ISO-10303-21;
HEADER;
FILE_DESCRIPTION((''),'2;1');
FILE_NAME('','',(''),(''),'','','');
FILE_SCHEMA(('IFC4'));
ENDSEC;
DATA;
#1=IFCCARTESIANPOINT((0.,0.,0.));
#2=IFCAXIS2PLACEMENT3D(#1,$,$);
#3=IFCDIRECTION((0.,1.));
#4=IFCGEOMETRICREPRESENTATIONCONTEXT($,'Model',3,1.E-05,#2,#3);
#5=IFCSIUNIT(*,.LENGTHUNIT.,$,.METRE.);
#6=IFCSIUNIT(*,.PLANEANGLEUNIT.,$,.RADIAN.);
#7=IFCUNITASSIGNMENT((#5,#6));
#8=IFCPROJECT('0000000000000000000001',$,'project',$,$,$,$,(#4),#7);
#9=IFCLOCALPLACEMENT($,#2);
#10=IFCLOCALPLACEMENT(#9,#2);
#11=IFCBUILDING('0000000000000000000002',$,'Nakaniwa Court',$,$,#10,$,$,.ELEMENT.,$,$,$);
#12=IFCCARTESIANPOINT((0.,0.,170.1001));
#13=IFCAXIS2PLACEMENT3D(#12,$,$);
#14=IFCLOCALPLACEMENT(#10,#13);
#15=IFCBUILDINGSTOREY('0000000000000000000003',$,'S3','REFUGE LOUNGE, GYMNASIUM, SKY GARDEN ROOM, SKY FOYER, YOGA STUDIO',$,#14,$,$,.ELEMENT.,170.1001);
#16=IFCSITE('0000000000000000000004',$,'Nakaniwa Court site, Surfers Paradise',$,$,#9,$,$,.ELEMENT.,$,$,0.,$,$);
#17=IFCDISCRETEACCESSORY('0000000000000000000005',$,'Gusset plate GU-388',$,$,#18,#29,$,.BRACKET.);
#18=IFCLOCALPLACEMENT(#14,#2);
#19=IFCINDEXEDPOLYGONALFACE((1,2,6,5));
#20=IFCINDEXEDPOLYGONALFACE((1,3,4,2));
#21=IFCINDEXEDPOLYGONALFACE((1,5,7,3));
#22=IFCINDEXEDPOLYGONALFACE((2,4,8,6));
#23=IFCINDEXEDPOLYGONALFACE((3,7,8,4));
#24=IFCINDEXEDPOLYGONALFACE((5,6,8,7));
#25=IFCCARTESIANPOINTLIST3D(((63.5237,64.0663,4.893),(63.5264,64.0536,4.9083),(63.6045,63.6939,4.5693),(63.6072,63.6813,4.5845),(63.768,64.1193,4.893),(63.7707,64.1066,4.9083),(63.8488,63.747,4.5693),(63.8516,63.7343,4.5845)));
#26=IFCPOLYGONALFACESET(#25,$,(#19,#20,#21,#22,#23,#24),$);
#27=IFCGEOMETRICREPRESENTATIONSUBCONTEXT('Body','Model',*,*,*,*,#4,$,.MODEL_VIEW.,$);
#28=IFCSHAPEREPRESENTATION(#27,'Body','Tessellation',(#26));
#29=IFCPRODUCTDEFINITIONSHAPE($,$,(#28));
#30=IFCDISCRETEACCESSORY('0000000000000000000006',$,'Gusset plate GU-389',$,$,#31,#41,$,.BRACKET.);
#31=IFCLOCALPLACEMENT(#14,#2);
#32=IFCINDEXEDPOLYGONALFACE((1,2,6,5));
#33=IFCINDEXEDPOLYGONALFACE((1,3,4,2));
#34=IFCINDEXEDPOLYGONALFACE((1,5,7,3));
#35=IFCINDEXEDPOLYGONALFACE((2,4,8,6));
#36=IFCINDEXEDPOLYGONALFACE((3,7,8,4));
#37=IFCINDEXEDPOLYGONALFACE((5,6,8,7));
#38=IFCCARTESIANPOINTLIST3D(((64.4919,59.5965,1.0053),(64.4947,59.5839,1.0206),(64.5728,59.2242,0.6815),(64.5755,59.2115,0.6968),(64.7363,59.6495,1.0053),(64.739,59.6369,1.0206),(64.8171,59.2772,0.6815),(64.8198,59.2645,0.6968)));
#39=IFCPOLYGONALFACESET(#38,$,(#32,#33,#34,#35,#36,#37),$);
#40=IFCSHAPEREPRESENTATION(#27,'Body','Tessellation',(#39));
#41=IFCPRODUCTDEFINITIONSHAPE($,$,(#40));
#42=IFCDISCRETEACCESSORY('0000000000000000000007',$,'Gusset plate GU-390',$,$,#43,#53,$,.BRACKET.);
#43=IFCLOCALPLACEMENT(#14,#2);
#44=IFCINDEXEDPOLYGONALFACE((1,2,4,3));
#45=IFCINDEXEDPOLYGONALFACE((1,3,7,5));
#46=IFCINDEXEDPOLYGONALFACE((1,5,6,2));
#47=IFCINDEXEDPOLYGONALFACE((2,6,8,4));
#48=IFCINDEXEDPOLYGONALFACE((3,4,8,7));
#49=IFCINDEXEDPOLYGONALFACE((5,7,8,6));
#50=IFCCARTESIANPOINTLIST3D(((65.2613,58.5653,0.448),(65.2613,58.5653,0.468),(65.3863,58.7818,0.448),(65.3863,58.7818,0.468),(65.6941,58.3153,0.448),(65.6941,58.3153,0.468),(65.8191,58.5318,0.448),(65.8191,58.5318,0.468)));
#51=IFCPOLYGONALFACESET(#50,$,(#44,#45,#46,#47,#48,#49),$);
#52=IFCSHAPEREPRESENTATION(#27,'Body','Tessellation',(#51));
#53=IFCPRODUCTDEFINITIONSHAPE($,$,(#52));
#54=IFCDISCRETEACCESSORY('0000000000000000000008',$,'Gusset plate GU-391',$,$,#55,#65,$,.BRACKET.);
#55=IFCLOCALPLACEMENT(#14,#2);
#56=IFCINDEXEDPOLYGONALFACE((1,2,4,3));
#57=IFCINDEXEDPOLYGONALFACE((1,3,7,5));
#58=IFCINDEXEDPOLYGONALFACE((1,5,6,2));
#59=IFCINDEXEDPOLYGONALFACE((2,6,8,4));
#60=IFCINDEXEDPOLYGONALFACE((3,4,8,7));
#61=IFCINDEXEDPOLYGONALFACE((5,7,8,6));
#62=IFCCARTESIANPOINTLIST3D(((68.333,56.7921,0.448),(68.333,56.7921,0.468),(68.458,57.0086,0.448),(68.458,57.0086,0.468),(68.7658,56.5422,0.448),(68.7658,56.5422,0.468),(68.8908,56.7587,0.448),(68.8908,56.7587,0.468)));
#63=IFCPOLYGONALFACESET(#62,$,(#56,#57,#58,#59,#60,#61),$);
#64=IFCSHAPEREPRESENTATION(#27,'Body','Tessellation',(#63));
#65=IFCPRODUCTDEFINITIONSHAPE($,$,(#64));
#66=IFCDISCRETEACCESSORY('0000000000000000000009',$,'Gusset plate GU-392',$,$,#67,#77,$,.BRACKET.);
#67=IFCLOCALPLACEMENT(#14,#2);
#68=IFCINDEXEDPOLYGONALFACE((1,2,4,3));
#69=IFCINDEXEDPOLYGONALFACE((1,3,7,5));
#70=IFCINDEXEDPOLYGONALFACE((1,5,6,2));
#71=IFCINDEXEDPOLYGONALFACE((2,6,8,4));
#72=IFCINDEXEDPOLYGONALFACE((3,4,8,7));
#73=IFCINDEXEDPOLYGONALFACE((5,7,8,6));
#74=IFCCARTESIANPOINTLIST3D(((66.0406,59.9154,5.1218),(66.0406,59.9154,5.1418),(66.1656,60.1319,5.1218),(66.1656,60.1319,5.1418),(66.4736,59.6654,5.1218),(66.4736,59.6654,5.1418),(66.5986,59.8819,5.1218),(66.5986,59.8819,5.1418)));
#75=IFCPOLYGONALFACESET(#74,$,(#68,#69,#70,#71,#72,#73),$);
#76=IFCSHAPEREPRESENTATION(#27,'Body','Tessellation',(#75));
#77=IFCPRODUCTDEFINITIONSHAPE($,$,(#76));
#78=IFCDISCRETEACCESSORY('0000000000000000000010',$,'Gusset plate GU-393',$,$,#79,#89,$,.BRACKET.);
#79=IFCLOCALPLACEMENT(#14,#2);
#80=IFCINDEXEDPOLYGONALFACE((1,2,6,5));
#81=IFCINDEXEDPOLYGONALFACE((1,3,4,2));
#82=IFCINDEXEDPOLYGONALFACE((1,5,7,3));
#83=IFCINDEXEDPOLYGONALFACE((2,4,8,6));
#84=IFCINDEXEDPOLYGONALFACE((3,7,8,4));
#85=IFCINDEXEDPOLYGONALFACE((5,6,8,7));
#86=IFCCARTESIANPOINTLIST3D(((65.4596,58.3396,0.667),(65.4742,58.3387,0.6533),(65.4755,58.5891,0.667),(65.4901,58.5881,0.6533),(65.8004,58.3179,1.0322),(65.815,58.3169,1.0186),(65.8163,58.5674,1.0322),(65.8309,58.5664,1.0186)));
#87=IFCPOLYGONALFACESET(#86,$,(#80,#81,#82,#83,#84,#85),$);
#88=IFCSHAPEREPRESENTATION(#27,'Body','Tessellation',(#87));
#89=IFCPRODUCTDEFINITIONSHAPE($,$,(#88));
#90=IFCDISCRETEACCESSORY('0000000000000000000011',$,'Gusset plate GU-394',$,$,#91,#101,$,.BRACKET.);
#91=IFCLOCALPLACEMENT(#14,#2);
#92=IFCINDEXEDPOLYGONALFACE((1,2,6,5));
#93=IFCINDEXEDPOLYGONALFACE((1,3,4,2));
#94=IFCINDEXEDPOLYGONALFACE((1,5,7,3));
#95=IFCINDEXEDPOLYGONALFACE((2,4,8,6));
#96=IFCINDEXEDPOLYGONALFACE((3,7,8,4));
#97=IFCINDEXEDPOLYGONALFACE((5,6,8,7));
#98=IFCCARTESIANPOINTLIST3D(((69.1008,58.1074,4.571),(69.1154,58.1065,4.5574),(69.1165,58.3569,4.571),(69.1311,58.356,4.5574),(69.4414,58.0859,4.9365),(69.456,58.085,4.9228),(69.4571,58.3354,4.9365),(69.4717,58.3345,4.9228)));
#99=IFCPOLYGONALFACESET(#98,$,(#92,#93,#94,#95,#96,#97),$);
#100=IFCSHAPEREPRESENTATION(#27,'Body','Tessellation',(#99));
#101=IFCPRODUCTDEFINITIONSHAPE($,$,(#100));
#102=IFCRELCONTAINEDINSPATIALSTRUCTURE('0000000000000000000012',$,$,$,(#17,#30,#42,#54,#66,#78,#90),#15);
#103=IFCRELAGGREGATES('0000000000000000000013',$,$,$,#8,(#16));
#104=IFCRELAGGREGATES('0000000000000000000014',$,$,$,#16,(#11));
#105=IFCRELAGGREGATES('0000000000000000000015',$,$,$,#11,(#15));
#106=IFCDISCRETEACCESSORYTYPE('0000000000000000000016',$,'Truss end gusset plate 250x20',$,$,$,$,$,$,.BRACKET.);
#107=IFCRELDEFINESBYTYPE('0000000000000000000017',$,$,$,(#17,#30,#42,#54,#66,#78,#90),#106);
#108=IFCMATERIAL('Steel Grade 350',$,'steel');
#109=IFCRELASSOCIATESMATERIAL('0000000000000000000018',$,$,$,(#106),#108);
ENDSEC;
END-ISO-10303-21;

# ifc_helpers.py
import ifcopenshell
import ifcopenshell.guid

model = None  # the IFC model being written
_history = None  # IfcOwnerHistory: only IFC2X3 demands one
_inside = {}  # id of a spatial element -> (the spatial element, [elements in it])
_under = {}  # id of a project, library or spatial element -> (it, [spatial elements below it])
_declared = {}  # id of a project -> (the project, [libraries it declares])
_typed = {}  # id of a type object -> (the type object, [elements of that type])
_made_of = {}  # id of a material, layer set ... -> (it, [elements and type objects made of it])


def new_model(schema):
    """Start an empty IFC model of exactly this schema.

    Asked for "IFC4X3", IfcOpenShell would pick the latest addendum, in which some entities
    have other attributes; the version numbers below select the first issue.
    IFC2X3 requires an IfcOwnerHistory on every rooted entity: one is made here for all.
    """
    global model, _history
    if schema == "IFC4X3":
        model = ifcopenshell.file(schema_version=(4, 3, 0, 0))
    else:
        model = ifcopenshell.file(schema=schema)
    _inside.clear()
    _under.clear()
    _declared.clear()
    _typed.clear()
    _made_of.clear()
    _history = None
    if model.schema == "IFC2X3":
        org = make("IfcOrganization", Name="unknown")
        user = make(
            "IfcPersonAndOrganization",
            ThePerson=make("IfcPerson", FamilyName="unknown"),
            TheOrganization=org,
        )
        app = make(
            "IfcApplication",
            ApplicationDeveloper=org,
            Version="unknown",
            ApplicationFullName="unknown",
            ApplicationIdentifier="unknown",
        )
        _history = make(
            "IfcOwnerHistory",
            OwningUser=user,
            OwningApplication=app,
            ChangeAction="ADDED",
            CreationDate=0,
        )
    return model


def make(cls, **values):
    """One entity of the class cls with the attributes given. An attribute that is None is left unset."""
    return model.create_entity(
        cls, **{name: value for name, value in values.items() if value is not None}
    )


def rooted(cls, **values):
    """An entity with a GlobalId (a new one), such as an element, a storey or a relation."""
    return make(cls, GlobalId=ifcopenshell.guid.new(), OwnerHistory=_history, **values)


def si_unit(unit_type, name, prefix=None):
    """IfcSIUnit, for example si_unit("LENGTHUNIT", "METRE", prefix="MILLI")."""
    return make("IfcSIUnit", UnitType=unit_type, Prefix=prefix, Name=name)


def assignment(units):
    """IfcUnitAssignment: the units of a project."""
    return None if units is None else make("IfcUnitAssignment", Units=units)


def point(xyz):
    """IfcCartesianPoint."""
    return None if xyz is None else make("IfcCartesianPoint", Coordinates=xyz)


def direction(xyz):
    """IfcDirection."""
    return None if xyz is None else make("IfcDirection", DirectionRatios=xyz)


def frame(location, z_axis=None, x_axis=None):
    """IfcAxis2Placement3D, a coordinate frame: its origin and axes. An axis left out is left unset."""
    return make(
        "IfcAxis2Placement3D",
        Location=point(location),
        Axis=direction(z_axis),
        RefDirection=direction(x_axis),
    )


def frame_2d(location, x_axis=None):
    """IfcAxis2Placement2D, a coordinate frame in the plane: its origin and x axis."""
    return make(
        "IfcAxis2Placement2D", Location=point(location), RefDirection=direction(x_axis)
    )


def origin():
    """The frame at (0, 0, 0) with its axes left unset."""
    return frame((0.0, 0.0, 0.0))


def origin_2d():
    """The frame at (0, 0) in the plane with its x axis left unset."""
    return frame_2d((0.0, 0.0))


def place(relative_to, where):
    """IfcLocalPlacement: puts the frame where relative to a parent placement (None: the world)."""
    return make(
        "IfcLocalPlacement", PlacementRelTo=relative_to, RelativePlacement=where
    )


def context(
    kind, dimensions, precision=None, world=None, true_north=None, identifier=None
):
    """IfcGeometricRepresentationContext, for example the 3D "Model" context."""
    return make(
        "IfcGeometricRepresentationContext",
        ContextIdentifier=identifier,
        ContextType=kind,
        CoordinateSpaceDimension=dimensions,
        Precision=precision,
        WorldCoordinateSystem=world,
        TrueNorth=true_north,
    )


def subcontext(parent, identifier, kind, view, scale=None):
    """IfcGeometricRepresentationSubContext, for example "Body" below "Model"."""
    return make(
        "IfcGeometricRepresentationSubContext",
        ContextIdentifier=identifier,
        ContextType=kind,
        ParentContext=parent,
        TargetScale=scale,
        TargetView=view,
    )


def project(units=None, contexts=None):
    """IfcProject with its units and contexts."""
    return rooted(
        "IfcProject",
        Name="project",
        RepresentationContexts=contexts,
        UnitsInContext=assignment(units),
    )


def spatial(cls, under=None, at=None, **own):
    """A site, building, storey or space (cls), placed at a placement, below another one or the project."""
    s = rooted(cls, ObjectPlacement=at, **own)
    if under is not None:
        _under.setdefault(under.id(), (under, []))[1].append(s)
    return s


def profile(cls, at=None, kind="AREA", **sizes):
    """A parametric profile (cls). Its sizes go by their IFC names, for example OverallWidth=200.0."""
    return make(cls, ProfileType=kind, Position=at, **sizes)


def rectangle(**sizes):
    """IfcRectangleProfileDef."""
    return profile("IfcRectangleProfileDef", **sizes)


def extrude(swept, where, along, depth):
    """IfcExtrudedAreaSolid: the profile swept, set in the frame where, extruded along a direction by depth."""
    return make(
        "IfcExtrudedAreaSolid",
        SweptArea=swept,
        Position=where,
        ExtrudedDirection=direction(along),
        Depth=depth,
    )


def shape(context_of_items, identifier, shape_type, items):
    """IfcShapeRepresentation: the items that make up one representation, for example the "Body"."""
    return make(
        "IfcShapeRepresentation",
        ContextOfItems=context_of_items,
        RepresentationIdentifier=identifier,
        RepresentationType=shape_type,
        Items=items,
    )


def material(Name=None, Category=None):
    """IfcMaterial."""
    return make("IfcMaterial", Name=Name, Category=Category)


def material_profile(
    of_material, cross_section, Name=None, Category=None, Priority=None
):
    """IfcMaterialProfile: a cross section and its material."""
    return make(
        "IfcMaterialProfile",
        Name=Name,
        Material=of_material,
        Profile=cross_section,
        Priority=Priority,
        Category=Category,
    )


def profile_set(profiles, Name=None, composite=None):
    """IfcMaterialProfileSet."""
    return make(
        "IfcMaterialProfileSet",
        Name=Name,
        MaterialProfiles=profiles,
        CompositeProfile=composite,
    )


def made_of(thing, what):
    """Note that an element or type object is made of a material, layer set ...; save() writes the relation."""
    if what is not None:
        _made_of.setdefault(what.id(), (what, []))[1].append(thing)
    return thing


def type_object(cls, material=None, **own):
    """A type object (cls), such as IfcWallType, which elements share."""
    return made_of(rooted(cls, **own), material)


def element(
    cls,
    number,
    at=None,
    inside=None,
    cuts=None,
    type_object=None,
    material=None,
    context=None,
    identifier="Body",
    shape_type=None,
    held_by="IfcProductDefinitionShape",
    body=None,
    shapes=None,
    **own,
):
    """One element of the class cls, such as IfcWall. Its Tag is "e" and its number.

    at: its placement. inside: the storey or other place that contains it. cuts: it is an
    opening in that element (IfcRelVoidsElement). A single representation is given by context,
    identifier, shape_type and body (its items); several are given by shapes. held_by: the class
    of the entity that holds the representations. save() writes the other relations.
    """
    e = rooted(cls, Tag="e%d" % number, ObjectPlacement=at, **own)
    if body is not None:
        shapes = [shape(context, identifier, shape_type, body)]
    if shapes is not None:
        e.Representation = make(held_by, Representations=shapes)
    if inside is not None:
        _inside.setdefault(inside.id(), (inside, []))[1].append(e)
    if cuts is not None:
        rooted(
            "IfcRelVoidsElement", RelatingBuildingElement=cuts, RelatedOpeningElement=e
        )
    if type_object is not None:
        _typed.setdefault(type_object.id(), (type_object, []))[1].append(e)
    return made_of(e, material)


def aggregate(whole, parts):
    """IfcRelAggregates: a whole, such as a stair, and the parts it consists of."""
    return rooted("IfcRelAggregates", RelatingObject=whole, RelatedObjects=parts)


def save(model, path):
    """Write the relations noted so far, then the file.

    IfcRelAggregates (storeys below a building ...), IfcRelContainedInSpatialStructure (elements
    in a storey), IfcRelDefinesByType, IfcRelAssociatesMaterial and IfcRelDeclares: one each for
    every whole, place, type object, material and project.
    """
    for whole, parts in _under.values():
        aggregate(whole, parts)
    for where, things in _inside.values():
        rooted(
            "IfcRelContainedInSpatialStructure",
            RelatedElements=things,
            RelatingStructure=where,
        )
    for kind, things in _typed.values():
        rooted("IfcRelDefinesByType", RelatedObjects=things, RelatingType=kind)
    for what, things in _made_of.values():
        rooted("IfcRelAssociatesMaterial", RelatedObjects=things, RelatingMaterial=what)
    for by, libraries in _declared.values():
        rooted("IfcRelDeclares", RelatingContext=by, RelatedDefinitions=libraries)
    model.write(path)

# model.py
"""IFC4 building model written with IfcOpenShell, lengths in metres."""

from ifc_helpers import new_model, si_unit, direction, frame, origin, origin_2d, place, context, subcontext, project, spatial, rectangle, extrude, material, material_profile, profile_set, type_object, element, save


model = new_model("IFC4")

# Units and contexts
model_context = context("Model", 3, precision=1e-05, world=origin(), true_north=direction((0.0, 1.0)))
body_context = subcontext(model_context, "Body", "Model", "MODEL_VIEW")
ifc_project = project(units=[si_unit("LENGTHUNIT", "METRE"), si_unit("PLANEANGLEUNIT", "RADIAN")], contexts=[model_context])

# Site, building, storey
site_placement = place(None, origin())
site = spatial("IfcSite", under=ifc_project, at=site_placement, Name="Nakaniwa Court site, Surfers Paradise", CompositionType="ELEMENT", RefElevation=0.0)
building_placement = place(site_placement, origin())
building = spatial("IfcBuilding", under=site, at=building_placement, Name="Nakaniwa Court", CompositionType="ELEMENT")
storey_placement = place(building_placement, frame((0.0, 0.0, 170.1001)))
storey = spatial("IfcBuildingStorey", under=building, at=storey_placement, Name="S3", Description="REFUGE LOUNGE, GYMNASIUM, SKY GARDEN ROOM, SKY FOYER, YOGA STUDIO", CompositionType="ELEMENT", Elevation=170.1001)

# Shared definitions
ifc_material_1 = material(Name="Steel Grade 350", Category="steel")

# Discrete accessories
ifc_material_profile_1 = material_profile(ifc_material_1, rectangle(XDim=0.25, YDim=0.02, at=origin_2d()), Name="Truss end gusset plate 250x20")
ifc_profile_set_1 = profile_set([ifc_material_profile_1], Name="Steel Grade 350")
discrete_accessory_type = type_object("IfcDiscreteAccessoryType", Name="Truss end gusset plate 250x20", PredefinedType="BRACKET", material=ifc_profile_set_1)
for number, where, z_axis, x_axis, name in (
    (1, (63.728, 63.7141, 4.5769), (-0.161637, 0.744704, 0.647526), (-0.977246, -0.21211, 0.0), "Gusset plate GU-388"),
    (2, (64.6155, 59.6167, 1.0129), (0.161637, -0.744704, -0.647526), (0.977246, 0.21211, 0.0), "Gusset plate GU-389"),
):
    element("IfcDiscreteAccessory", number, at=place(storey_placement, frame(where, z_axis=z_axis, x_axis=x_axis)), inside=storey, type_object=discrete_accessory_type, Name=name, PredefinedType="BRACKET", context=body_context, shape_type="SweptSolid", body=[
        extrude(rectangle(XDim=0.25, YDim=0.02, at=origin_2d()), origin(), (0.0, 0.0, 1.0), 0.5),
    ])
for number, where, z_axis, x_axis, name in (
    (3, (65.7566, 58.4236, 0.458), (-0.86595, 0.500131, 0.0), (-0.500131, -0.86595, 0.0), "Gusset plate GU-390"),
    (4, (68.3955, 56.9004, 0.458), (0.86595, -0.500131, 0.0), (0.500131, 0.86595, 0.0), "Gusset plate GU-391"),
):
    element("IfcDiscreteAccessory", number, at=place(storey_placement, frame(where, z_axis=z_axis, x_axis=x_axis)), inside=storey, type_object=discrete_accessory_type, Name=name, PredefinedType="BRACKET", context=body_context, shape_type="SweptSolid", body=[
        extrude(rectangle(XDim=0.25, YDim=0.02, at=origin_2d()), origin(), (0.0, 0.0, 1.0), 0.4998),
    ])
for number, where, z_axis, x_axis, name in (
    (5, (66.5361, 59.7737, 5.1318), (-0.866072, 0.49992, 0.0), (-0.49992, -0.866072, 0.0), "Gusset plate GU-392"),
    (6, (65.8157, 58.4421, 1.0254), (-0.681604, 0.043455, -0.73043), (-0.063624, -0.997974, 0.0), "Gusset plate GU-393"),
    (7, (69.116, 58.2317, 4.5642), (0.681114, -0.042966, 0.730916), (0.062957, 0.998016, 0.0), "Gusset plate GU-394"),
):
    element("IfcDiscreteAccessory", number, at=place(storey_placement, frame(where, z_axis=z_axis, x_axis=x_axis)), inside=storey, type_object=discrete_accessory_type, Name=name, PredefinedType="BRACKET", context=body_context, shape_type="SweptSolid", body=[
        extrude(rectangle(XDim=0.25, YDim=0.02, at=origin_2d()), origin(), (0.0, 0.0, 1.0), 0.5),
    ])

save(model, "model.ifc")
